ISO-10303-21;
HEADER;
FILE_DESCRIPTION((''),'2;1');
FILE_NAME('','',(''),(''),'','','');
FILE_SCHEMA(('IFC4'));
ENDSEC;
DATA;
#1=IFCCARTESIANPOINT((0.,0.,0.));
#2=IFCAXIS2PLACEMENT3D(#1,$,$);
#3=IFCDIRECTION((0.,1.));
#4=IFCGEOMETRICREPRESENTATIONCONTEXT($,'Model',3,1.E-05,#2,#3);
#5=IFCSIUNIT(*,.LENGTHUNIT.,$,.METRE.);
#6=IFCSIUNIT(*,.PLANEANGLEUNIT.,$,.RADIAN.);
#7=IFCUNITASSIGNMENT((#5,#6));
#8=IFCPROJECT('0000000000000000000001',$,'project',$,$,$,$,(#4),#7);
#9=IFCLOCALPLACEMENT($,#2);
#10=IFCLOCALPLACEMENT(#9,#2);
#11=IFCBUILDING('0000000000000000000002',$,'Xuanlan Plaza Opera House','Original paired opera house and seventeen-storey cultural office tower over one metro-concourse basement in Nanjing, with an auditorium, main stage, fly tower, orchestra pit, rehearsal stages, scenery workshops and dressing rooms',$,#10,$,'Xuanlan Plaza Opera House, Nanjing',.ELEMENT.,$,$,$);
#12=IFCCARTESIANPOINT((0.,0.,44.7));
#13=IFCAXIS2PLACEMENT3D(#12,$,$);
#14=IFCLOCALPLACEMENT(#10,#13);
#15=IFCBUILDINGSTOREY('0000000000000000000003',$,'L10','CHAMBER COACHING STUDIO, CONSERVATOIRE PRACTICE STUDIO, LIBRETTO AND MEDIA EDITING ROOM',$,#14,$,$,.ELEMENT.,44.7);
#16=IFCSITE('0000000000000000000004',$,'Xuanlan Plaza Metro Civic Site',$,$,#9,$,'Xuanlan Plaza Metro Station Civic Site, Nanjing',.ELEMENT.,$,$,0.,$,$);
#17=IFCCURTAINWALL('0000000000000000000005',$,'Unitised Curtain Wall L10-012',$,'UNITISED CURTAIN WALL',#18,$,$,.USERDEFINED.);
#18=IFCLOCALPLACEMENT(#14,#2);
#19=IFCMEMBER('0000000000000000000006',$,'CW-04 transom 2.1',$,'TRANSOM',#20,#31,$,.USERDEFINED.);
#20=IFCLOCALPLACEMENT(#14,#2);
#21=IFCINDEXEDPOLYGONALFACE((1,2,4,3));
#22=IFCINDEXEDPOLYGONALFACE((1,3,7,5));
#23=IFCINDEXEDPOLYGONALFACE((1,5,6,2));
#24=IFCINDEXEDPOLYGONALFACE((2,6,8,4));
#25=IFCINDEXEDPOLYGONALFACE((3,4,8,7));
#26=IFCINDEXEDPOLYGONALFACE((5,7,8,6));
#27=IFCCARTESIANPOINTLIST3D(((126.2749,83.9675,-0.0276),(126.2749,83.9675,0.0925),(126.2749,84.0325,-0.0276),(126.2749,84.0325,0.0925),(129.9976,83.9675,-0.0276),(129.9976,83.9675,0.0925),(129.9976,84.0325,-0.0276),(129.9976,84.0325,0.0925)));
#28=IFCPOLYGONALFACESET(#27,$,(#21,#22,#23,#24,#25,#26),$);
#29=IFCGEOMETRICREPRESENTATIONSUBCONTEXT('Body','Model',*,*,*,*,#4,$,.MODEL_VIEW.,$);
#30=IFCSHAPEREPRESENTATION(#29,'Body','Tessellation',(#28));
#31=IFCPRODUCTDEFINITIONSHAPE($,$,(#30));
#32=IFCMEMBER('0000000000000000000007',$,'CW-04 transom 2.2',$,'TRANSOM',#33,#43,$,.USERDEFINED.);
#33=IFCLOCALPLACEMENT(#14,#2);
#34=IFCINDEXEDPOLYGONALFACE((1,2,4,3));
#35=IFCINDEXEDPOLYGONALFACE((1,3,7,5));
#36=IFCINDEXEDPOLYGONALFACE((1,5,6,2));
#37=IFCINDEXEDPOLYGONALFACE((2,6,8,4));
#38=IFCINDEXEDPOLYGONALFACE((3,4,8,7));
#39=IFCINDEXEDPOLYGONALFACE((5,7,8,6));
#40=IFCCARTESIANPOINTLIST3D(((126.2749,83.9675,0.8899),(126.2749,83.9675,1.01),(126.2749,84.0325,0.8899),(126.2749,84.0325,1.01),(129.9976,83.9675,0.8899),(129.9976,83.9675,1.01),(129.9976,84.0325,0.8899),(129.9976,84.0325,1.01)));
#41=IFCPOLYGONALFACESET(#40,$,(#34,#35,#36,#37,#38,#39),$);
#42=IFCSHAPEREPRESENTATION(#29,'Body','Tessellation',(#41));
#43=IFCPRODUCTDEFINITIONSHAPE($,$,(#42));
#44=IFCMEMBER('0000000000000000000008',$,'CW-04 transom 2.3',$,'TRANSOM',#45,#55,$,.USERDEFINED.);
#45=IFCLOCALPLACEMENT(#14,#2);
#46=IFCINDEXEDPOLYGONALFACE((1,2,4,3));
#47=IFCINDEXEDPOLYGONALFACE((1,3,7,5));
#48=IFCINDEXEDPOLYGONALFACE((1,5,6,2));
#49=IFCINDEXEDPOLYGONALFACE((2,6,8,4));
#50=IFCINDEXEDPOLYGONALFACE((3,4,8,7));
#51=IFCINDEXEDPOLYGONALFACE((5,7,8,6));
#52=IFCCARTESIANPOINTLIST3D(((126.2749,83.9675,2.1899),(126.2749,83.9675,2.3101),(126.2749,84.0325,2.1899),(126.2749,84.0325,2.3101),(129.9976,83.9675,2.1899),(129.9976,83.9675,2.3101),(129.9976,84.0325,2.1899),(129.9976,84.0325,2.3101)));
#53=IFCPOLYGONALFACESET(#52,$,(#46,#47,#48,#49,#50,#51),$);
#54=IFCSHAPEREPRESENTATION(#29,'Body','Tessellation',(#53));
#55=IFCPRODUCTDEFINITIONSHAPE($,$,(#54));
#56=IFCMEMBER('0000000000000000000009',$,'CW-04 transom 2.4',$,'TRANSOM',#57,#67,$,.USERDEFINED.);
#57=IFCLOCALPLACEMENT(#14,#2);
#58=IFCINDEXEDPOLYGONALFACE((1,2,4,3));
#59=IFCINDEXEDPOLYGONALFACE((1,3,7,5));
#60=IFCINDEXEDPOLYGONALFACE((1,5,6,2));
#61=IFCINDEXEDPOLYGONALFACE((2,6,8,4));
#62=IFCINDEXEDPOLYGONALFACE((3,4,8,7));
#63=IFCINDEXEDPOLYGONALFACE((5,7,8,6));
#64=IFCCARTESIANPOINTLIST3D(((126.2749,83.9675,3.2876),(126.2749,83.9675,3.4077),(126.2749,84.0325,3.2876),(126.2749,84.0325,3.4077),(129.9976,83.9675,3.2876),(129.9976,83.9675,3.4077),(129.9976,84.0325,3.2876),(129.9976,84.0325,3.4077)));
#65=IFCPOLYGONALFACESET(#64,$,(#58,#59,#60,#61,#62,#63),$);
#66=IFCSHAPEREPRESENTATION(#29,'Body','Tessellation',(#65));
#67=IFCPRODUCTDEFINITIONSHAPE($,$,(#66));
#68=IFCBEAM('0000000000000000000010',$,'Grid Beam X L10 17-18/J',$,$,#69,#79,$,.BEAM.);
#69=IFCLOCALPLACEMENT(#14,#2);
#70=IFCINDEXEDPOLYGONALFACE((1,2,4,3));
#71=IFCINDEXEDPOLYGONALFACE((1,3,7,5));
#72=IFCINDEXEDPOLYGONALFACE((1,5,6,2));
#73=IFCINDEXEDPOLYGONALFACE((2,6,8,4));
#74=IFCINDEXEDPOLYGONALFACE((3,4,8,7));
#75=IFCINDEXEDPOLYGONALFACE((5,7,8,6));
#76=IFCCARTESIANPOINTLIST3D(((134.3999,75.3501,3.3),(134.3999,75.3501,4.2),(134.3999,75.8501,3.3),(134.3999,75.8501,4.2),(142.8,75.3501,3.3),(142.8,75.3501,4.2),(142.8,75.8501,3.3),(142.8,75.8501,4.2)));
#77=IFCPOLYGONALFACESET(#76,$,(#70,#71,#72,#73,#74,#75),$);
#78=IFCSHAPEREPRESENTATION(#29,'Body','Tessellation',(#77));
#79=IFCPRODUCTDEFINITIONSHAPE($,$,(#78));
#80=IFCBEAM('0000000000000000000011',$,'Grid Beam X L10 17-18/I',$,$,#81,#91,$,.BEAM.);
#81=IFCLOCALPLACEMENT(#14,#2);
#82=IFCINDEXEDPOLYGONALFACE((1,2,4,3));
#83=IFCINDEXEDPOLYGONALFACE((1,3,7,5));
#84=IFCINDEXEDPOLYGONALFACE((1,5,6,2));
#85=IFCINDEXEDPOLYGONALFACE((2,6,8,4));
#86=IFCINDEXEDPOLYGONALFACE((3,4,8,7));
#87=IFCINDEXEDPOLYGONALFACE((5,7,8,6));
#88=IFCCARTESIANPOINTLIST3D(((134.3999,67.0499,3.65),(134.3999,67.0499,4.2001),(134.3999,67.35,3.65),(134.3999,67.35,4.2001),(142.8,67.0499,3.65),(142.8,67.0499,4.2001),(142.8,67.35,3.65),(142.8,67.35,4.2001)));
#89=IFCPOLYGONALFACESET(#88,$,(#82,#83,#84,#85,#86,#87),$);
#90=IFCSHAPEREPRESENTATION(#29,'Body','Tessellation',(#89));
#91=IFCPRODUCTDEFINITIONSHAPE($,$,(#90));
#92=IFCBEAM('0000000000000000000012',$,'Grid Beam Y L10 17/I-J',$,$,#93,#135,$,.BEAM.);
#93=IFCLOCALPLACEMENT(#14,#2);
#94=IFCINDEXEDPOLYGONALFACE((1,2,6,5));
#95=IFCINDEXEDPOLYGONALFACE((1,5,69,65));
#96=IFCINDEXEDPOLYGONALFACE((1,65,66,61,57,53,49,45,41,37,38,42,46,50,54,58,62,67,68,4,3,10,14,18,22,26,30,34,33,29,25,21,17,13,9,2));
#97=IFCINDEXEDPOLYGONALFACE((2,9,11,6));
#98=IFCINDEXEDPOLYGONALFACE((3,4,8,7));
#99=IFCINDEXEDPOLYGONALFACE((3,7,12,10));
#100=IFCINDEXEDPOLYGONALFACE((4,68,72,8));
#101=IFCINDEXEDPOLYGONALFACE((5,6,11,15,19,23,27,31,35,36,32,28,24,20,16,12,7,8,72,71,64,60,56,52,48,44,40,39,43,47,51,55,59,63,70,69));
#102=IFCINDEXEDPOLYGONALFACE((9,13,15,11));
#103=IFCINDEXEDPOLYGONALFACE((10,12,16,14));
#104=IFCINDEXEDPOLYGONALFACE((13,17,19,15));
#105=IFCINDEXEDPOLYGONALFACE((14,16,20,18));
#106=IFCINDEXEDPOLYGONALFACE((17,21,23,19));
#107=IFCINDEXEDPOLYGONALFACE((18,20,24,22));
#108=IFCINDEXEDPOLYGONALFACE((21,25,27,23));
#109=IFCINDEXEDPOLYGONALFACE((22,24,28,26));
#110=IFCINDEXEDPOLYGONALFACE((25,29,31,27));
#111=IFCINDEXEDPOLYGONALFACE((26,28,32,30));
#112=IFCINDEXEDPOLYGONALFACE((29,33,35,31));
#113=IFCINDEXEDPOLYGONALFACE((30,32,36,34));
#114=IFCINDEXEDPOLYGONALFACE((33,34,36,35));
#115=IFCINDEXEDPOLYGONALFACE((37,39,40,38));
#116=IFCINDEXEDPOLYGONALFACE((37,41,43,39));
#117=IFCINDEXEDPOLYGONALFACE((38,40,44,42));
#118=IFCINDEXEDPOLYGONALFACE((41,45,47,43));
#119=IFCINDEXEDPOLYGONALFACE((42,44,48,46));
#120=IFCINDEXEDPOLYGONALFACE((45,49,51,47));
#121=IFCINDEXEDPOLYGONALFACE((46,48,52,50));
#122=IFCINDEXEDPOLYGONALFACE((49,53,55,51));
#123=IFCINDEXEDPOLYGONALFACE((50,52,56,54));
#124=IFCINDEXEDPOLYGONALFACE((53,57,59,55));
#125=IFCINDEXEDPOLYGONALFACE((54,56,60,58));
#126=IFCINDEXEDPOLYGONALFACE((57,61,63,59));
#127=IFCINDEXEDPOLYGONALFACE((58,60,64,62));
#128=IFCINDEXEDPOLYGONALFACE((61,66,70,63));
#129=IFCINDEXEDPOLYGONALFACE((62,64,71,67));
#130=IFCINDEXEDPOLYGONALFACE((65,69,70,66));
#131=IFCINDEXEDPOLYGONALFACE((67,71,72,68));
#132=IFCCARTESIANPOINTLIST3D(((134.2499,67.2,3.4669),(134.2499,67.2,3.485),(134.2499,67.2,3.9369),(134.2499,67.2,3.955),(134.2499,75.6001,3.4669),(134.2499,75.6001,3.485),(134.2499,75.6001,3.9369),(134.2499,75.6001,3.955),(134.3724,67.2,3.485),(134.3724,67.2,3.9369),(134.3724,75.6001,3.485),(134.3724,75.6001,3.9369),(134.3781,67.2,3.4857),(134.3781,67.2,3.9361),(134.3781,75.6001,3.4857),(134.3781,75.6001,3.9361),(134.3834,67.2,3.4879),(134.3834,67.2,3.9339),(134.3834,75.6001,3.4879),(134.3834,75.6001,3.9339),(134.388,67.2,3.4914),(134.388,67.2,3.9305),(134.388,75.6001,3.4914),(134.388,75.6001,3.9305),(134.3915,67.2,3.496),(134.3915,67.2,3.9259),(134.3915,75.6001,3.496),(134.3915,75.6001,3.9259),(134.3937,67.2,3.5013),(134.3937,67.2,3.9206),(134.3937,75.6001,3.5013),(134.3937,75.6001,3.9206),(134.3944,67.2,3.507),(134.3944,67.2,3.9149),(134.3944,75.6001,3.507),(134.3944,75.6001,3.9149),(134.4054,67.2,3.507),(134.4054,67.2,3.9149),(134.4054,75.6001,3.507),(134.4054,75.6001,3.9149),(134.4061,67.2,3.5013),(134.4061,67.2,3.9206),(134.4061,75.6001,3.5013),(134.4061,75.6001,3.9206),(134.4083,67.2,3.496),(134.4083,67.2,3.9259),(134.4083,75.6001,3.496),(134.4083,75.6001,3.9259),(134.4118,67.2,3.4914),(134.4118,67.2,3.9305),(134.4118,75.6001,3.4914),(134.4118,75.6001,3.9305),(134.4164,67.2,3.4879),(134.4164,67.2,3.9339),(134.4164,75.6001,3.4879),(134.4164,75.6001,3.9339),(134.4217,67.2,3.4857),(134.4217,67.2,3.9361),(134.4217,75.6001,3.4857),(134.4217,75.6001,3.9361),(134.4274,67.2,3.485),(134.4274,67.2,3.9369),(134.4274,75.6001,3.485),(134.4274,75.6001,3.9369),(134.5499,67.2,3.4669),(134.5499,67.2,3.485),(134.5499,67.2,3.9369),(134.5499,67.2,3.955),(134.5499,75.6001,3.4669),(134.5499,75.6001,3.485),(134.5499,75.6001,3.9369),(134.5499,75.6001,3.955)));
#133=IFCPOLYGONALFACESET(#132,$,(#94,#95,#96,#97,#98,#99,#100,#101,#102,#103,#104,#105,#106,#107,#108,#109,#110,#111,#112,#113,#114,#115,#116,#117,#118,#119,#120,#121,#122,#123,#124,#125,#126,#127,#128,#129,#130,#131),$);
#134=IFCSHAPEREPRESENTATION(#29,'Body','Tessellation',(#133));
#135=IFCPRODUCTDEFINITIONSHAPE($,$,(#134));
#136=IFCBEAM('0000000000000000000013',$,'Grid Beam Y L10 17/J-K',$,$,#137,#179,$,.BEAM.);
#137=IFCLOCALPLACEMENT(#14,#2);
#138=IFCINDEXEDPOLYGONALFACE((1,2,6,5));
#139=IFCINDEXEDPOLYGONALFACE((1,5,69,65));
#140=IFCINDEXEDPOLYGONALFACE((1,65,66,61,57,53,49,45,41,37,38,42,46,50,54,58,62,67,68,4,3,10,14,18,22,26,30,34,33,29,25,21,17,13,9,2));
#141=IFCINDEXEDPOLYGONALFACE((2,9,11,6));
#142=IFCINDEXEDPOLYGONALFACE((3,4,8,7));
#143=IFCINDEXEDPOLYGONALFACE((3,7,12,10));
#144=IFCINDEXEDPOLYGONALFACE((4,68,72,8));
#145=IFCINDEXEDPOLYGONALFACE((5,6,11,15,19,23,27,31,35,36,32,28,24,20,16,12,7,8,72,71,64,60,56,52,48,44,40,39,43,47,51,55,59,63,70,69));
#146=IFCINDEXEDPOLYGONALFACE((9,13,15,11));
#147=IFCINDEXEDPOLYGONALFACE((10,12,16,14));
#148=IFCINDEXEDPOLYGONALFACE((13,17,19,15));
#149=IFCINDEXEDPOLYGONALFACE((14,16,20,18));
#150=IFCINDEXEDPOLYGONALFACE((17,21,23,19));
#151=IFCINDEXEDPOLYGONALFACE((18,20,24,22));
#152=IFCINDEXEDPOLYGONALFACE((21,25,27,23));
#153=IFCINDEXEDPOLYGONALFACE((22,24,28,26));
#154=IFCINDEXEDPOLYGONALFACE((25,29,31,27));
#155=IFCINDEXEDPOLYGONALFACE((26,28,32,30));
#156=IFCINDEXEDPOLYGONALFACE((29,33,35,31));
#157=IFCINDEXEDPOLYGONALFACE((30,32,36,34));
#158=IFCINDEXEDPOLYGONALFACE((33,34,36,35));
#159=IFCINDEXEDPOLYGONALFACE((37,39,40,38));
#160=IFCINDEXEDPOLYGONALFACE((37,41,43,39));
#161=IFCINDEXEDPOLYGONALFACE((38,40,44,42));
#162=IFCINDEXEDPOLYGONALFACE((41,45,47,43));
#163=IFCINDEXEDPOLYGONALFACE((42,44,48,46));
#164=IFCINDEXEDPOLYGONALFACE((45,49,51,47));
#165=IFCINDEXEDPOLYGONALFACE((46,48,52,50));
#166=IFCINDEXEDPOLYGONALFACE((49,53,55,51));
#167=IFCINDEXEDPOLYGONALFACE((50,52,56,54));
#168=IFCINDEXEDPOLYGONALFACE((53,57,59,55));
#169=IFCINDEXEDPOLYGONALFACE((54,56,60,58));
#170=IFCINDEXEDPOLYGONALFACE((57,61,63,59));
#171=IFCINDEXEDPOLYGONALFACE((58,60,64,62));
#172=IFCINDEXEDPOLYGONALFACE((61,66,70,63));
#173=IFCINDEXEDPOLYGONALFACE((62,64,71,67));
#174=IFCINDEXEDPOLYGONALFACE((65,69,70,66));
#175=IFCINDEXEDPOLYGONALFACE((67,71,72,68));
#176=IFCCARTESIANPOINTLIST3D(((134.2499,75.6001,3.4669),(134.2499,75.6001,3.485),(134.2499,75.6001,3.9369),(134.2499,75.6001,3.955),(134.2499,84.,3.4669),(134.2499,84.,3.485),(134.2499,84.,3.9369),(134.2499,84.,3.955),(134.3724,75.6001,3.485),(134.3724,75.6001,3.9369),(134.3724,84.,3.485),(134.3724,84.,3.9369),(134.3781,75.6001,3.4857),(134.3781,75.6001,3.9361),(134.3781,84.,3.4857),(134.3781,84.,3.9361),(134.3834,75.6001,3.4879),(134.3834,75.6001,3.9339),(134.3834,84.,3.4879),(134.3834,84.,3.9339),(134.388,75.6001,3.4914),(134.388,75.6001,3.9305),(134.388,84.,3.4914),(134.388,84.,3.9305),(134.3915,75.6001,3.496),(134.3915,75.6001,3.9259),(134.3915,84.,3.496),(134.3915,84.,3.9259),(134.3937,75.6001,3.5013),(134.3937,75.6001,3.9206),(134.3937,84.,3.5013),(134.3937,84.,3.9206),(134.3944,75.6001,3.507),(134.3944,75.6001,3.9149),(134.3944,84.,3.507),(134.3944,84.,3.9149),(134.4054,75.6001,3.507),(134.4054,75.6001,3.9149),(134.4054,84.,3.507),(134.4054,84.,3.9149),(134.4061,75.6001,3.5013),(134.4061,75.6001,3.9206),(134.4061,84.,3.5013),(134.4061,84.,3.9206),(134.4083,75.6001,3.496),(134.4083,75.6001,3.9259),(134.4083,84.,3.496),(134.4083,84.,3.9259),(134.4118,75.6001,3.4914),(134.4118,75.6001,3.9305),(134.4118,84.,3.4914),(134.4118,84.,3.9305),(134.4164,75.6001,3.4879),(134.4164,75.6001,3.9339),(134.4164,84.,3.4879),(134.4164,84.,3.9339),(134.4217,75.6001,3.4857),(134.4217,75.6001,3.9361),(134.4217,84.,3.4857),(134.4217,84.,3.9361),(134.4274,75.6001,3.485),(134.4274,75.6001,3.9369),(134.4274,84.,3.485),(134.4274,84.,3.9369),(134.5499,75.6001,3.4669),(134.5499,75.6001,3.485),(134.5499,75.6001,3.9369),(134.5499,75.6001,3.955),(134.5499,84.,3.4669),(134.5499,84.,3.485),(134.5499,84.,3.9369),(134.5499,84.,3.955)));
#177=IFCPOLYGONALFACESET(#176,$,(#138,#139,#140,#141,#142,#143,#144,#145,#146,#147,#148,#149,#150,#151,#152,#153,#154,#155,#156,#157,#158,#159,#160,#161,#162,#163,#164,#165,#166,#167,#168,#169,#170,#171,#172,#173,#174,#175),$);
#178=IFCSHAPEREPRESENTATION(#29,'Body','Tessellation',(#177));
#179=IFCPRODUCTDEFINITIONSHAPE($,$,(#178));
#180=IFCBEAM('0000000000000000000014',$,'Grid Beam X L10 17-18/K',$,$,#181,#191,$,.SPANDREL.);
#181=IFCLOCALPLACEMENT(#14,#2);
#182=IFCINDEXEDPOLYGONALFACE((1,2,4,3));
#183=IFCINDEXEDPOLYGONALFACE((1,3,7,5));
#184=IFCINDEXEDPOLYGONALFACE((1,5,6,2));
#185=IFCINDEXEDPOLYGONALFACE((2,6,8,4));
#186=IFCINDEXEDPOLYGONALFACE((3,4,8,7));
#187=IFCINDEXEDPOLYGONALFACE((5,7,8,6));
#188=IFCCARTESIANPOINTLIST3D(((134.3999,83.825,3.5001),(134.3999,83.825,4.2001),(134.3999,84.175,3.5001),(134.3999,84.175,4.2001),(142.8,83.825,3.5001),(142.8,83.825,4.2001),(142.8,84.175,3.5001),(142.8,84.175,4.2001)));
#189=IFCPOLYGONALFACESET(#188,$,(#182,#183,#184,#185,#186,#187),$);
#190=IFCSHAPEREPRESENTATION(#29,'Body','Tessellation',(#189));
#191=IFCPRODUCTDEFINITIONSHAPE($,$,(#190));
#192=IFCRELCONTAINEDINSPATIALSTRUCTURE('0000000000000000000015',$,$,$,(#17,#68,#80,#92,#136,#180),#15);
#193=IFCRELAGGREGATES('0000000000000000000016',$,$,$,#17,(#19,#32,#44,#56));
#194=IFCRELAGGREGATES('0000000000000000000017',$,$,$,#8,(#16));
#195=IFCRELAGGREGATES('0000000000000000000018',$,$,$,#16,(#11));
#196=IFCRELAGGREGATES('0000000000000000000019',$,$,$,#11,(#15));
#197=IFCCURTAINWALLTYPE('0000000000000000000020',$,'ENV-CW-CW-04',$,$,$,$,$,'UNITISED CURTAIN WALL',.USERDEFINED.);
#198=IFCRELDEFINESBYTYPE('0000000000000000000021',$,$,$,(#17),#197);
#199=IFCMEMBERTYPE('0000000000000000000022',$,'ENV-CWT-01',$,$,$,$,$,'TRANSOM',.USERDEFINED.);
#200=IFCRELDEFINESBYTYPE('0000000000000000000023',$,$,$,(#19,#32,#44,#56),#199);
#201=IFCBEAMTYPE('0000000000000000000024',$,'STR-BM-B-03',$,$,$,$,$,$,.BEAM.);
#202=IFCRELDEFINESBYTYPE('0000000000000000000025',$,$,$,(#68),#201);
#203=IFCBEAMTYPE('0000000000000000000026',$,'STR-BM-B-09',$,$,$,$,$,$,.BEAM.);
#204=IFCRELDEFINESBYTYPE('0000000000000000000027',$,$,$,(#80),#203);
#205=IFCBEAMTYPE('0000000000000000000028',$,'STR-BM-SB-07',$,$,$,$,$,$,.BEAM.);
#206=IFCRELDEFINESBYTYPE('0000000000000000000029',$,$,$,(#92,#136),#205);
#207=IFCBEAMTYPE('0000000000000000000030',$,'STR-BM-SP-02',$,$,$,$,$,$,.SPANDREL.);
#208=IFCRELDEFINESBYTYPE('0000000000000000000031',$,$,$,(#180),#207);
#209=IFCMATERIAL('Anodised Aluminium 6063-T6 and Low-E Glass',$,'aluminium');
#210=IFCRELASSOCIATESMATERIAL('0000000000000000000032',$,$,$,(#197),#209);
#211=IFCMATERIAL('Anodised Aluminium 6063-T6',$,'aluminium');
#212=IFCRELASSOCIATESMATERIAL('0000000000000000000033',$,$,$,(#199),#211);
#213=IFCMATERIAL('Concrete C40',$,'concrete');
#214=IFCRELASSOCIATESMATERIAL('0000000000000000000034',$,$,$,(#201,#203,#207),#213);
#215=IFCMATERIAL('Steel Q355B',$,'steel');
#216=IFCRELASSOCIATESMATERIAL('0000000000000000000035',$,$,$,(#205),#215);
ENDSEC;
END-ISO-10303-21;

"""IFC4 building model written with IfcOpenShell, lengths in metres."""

from ifc_helpers import new_model, si_unit, direction, frame, origin, origin_2d, place, context, subcontext, project, spatial, rectangle, i_section, extrude, material, material_profile, profile_set, type_object, element, aggregate, save


model = new_model("IFC4")

# Units and contexts
model_context = context("Model", 3, precision=1e-05, world=origin(), true_north=direction((0.0, 1.0)))
body_context = subcontext(model_context, "Body", "Model", "MODEL_VIEW")
ifc_project = project(units=[si_unit("LENGTHUNIT", "METRE"), si_unit("PLANEANGLEUNIT", "RADIAN")], contexts=[model_context])

# Site, building, storey
site_placement = place(None, origin())
site = spatial("IfcSite", under=ifc_project, at=site_placement, Name="Xuanlan Plaza Metro Civic Site", LongName="Xuanlan Plaza Metro Station Civic Site, Nanjing", CompositionType="ELEMENT", RefElevation=0.0)
building_placement = place(site_placement, origin())
building = spatial("IfcBuilding", under=site, at=building_placement, Name="Xuanlan Plaza Opera House", Description="Original paired opera house and seventeen-storey cultural office tower over one metro-concourse basement in Nanjing, with an auditorium, main stage, fly tower, orchestra pit, rehearsal stages, scenery workshops and dressing rooms", LongName="Xuanlan Plaza Opera House, Nanjing", CompositionType="ELEMENT")
storey_placement = place(building_placement, frame((0.0, 0.0, 44.7)))
storey = spatial("IfcBuildingStorey", under=building, at=storey_placement, Name="L10", Description="CHAMBER COACHING STUDIO, CONSERVATOIRE PRACTICE STUDIO, LIBRETTO AND MEDIA EDITING ROOM", CompositionType="ELEMENT", Elevation=44.7)

# Shared definitions
ifc_material_1 = material(Name="Steel Q355B", Category="steel")

# Shared definitions
ifc_material_2 = material(Name="Anodised Aluminium 6063-T6 and Low-E Glass", Category="aluminium")
ifc_material_3 = material(Name="Anodised Aluminium 6063-T6", Category="aluminium")

# Curtain wall, members
curtain_wall_type_1 = type_object("IfcCurtainWallType", Name="ENV-CW-CW-04", ElementType="UNITISED CURTAIN WALL", PredefinedType="USERDEFINED", material=ifc_material_2)
curtain_wall_1_placement = place(storey_placement, origin())
curtain_wall_1 = element("IfcCurtainWall", 1, at=curtain_wall_1_placement, inside=storey, type_object=curtain_wall_type_1, Name="Unitised Curtain Wall L10-012", ObjectType="UNITISED CURTAIN WALL", PredefinedType="USERDEFINED")
ifc_material_profile_1 = material_profile(ifc_material_3, rectangle(XDim=0.0649, YDim=0.1201, at=origin_2d()), Name="ALU-T 65x120")
ifc_profile_set_1 = profile_set([ifc_material_profile_1], Name="Anodised Aluminium 6063-T6")
member_type_1 = type_object("IfcMemberType", Name="ENV-CWT-01", ElementType="TRANSOM", PredefinedType="USERDEFINED", material=ifc_profile_set_1)
member_1_placement = place(storey_placement, frame((129.9976, 84.0, 0.0325), z_axis=(-1.0, 0.0, 0.0), x_axis=(0.0, -1.0, 0.0)))
member_1 = element("IfcMember", 2, at=member_1_placement, type_object=member_type_1, Name="CW-04 transom 2.1", ObjectType="TRANSOM", PredefinedType="USERDEFINED", context=body_context, shape_type="SweptSolid", body=[
    extrude(rectangle(XDim=0.0649, YDim=0.1201, at=origin_2d()), origin(), (0.0, 0.0, 1.0), 3.7227),
])
member_2_placement = place(storey_placement, frame((129.9976, 84.0, 0.95), z_axis=(-1.0, 0.0, 0.0), x_axis=(0.0, -1.0, 0.0)))
member_2 = element("IfcMember", 3, at=member_2_placement, type_object=member_type_1, Name="CW-04 transom 2.2", ObjectType="TRANSOM", PredefinedType="USERDEFINED", context=body_context, shape_type="SweptSolid", body=[
    extrude(rectangle(XDim=0.0649, YDim=0.1201, at=origin_2d()), origin(), (0.0, 0.0, 1.0), 3.7227),
])
member_3_placement = place(storey_placement, frame((129.9976, 84.0, 2.25), z_axis=(-1.0, 0.0, 0.0), x_axis=(0.0, -1.0, 0.0)))
member_3 = element("IfcMember", 4, at=member_3_placement, type_object=member_type_1, Name="CW-04 transom 2.3", ObjectType="TRANSOM", PredefinedType="USERDEFINED", context=body_context, shape_type="SweptSolid", body=[
    extrude(rectangle(XDim=0.0649, YDim=0.1201, at=origin_2d()), origin(), (0.0, 0.0, 1.0), 3.7227),
])
member_4_placement = place(storey_placement, frame((129.9976, 84.0, 3.3477), z_axis=(-1.0, 0.0, 0.0), x_axis=(0.0, -1.0, 0.0)))
member_4 = element("IfcMember", 5, at=member_4_placement, type_object=member_type_1, Name="CW-04 transom 2.4", ObjectType="TRANSOM", PredefinedType="USERDEFINED", context=body_context, shape_type="SweptSolid", body=[
    extrude(rectangle(XDim=0.0649, YDim=0.1201, at=origin_2d()), origin(), (0.0, 0.0, 1.0), 3.7227),
])

# Beams
ifc_material_4 = material(Name="Concrete C40", Category="concrete")
ifc_material_profile_2 = material_profile(ifc_material_4, rectangle(XDim=0.5, YDim=0.8999, at=origin_2d()), Name="RC-BM 500x900")
ifc_profile_set_2 = profile_set([ifc_material_profile_2], Name="Concrete C40")
beam_type_1 = type_object("IfcBeamType", Name="STR-BM-B-03", PredefinedType="BEAM", material=ifc_profile_set_2)
beam_1_placement = place(storey_placement, frame((134.3999, 75.6001, 3.75), z_axis=(1.0, 0.0, 0.0), x_axis=(0.0, 1.0, 0.0)))
element("IfcBeam", 6, at=beam_1_placement, inside=storey, type_object=beam_type_1, Name="Grid Beam X L10 17-18/J", PredefinedType="BEAM", context=body_context, shape_type="SweptSolid", body=[
    extrude(rectangle(XDim=0.5, YDim=0.8999, at=origin_2d()), origin(), (0.0, 0.0, 1.0), 8.4001),
])
ifc_material_profile_3 = material_profile(ifc_material_4, rectangle(XDim=0.3, YDim=0.55, at=origin_2d()), Name="RC-BM 300x550")
ifc_profile_set_3 = profile_set([ifc_material_profile_3], Name="Concrete C40")
beam_type_2 = type_object("IfcBeamType", Name="STR-BM-B-09", PredefinedType="BEAM", material=ifc_profile_set_3)
beam_2_placement = place(storey_placement, frame((134.3999, 67.2, 3.925), z_axis=(1.0, 0.0, 0.0), x_axis=(0.0, 1.0, 0.0)))
element("IfcBeam", 7, at=beam_2_placement, inside=storey, type_object=beam_type_2, Name="Grid Beam X L10 17-18/I", PredefinedType="BEAM", context=body_context, shape_type="SweptSolid", body=[
    extrude(rectangle(XDim=0.3, YDim=0.55, at=origin_2d()), origin(), (0.0, 0.0, 1.0), 8.4001),
])
ifc_material_profile_4 = material_profile(ifc_material_1, i_section(OverallWidth=0.3, OverallDepth=0.488, WebThickness=0.011, FlangeThickness=0.0181, FilletRadius=0.022, at=origin_2d()), Name="HM 488x300x11x18")
ifc_profile_set_4 = profile_set([ifc_material_profile_4], Name="Steel Q355B")
beam_type_3 = type_object("IfcBeamType", Name="STR-BM-SB-07", PredefinedType="BEAM", material=ifc_profile_set_4)
beam_3_placement = place(storey_placement, frame((134.3999, 67.2, 3.7109), z_axis=(0.0, 1.0, 0.0), x_axis=(-1.0, 0.0, 0.0)))
element("IfcBeam", 8, at=beam_3_placement, inside=storey, type_object=beam_type_3, Name="Grid Beam Y L10 17/I-J", PredefinedType="BEAM", context=body_context, shape_type="SweptSolid", body=[
    extrude(i_section(OverallWidth=0.3, OverallDepth=0.488, WebThickness=0.011, FlangeThickness=0.0181, FilletRadius=0.022, at=origin_2d()), origin(), (0.0, 0.0, 1.0), 8.4001),
])
beam_4_placement = place(storey_placement, frame((134.3999, 75.6001, 3.7109), z_axis=(0.0, 1.0, 0.0), x_axis=(-1.0, 0.0, 0.0)))
element("IfcBeam", 9, at=beam_4_placement, inside=storey, type_object=beam_type_3, Name="Grid Beam Y L10 17/J-K", PredefinedType="BEAM", context=body_context, shape_type="SweptSolid", body=[
    extrude(i_section(OverallWidth=0.3, OverallDepth=0.488, WebThickness=0.011, FlangeThickness=0.0181, FilletRadius=0.022, at=origin_2d()), origin(), (0.0, 0.0, 1.0), 8.3999),
])
ifc_material_profile_5 = material_profile(ifc_material_4, rectangle(XDim=0.3501, YDim=0.7, at=origin_2d()), Name="RC-SPD 350x700")
ifc_profile_set_5 = profile_set([ifc_material_profile_5], Name="Concrete C40")
beam_type_4 = type_object("IfcBeamType", Name="STR-BM-SP-02", PredefinedType="SPANDREL", material=ifc_profile_set_5)
beam_5_placement = place(storey_placement, frame((134.3999, 84.0, 3.8501), z_axis=(1.0, 0.0, 0.0), x_axis=(0.0, 1.0, 0.0)))
element("IfcBeam", 10, at=beam_5_placement, inside=storey, type_object=beam_type_4, Name="Grid Beam X L10 17-18/K", PredefinedType="SPANDREL", context=body_context, shape_type="SweptSolid", body=[
    extrude(rectangle(XDim=0.3501, YDim=0.7, at=origin_2d()), origin(), (0.0, 0.0, 1.0), 8.4001),
])

aggregate(curtain_wall_1, [member_1, member_2, member_3, member_4])

save(model, "model.ifc")
